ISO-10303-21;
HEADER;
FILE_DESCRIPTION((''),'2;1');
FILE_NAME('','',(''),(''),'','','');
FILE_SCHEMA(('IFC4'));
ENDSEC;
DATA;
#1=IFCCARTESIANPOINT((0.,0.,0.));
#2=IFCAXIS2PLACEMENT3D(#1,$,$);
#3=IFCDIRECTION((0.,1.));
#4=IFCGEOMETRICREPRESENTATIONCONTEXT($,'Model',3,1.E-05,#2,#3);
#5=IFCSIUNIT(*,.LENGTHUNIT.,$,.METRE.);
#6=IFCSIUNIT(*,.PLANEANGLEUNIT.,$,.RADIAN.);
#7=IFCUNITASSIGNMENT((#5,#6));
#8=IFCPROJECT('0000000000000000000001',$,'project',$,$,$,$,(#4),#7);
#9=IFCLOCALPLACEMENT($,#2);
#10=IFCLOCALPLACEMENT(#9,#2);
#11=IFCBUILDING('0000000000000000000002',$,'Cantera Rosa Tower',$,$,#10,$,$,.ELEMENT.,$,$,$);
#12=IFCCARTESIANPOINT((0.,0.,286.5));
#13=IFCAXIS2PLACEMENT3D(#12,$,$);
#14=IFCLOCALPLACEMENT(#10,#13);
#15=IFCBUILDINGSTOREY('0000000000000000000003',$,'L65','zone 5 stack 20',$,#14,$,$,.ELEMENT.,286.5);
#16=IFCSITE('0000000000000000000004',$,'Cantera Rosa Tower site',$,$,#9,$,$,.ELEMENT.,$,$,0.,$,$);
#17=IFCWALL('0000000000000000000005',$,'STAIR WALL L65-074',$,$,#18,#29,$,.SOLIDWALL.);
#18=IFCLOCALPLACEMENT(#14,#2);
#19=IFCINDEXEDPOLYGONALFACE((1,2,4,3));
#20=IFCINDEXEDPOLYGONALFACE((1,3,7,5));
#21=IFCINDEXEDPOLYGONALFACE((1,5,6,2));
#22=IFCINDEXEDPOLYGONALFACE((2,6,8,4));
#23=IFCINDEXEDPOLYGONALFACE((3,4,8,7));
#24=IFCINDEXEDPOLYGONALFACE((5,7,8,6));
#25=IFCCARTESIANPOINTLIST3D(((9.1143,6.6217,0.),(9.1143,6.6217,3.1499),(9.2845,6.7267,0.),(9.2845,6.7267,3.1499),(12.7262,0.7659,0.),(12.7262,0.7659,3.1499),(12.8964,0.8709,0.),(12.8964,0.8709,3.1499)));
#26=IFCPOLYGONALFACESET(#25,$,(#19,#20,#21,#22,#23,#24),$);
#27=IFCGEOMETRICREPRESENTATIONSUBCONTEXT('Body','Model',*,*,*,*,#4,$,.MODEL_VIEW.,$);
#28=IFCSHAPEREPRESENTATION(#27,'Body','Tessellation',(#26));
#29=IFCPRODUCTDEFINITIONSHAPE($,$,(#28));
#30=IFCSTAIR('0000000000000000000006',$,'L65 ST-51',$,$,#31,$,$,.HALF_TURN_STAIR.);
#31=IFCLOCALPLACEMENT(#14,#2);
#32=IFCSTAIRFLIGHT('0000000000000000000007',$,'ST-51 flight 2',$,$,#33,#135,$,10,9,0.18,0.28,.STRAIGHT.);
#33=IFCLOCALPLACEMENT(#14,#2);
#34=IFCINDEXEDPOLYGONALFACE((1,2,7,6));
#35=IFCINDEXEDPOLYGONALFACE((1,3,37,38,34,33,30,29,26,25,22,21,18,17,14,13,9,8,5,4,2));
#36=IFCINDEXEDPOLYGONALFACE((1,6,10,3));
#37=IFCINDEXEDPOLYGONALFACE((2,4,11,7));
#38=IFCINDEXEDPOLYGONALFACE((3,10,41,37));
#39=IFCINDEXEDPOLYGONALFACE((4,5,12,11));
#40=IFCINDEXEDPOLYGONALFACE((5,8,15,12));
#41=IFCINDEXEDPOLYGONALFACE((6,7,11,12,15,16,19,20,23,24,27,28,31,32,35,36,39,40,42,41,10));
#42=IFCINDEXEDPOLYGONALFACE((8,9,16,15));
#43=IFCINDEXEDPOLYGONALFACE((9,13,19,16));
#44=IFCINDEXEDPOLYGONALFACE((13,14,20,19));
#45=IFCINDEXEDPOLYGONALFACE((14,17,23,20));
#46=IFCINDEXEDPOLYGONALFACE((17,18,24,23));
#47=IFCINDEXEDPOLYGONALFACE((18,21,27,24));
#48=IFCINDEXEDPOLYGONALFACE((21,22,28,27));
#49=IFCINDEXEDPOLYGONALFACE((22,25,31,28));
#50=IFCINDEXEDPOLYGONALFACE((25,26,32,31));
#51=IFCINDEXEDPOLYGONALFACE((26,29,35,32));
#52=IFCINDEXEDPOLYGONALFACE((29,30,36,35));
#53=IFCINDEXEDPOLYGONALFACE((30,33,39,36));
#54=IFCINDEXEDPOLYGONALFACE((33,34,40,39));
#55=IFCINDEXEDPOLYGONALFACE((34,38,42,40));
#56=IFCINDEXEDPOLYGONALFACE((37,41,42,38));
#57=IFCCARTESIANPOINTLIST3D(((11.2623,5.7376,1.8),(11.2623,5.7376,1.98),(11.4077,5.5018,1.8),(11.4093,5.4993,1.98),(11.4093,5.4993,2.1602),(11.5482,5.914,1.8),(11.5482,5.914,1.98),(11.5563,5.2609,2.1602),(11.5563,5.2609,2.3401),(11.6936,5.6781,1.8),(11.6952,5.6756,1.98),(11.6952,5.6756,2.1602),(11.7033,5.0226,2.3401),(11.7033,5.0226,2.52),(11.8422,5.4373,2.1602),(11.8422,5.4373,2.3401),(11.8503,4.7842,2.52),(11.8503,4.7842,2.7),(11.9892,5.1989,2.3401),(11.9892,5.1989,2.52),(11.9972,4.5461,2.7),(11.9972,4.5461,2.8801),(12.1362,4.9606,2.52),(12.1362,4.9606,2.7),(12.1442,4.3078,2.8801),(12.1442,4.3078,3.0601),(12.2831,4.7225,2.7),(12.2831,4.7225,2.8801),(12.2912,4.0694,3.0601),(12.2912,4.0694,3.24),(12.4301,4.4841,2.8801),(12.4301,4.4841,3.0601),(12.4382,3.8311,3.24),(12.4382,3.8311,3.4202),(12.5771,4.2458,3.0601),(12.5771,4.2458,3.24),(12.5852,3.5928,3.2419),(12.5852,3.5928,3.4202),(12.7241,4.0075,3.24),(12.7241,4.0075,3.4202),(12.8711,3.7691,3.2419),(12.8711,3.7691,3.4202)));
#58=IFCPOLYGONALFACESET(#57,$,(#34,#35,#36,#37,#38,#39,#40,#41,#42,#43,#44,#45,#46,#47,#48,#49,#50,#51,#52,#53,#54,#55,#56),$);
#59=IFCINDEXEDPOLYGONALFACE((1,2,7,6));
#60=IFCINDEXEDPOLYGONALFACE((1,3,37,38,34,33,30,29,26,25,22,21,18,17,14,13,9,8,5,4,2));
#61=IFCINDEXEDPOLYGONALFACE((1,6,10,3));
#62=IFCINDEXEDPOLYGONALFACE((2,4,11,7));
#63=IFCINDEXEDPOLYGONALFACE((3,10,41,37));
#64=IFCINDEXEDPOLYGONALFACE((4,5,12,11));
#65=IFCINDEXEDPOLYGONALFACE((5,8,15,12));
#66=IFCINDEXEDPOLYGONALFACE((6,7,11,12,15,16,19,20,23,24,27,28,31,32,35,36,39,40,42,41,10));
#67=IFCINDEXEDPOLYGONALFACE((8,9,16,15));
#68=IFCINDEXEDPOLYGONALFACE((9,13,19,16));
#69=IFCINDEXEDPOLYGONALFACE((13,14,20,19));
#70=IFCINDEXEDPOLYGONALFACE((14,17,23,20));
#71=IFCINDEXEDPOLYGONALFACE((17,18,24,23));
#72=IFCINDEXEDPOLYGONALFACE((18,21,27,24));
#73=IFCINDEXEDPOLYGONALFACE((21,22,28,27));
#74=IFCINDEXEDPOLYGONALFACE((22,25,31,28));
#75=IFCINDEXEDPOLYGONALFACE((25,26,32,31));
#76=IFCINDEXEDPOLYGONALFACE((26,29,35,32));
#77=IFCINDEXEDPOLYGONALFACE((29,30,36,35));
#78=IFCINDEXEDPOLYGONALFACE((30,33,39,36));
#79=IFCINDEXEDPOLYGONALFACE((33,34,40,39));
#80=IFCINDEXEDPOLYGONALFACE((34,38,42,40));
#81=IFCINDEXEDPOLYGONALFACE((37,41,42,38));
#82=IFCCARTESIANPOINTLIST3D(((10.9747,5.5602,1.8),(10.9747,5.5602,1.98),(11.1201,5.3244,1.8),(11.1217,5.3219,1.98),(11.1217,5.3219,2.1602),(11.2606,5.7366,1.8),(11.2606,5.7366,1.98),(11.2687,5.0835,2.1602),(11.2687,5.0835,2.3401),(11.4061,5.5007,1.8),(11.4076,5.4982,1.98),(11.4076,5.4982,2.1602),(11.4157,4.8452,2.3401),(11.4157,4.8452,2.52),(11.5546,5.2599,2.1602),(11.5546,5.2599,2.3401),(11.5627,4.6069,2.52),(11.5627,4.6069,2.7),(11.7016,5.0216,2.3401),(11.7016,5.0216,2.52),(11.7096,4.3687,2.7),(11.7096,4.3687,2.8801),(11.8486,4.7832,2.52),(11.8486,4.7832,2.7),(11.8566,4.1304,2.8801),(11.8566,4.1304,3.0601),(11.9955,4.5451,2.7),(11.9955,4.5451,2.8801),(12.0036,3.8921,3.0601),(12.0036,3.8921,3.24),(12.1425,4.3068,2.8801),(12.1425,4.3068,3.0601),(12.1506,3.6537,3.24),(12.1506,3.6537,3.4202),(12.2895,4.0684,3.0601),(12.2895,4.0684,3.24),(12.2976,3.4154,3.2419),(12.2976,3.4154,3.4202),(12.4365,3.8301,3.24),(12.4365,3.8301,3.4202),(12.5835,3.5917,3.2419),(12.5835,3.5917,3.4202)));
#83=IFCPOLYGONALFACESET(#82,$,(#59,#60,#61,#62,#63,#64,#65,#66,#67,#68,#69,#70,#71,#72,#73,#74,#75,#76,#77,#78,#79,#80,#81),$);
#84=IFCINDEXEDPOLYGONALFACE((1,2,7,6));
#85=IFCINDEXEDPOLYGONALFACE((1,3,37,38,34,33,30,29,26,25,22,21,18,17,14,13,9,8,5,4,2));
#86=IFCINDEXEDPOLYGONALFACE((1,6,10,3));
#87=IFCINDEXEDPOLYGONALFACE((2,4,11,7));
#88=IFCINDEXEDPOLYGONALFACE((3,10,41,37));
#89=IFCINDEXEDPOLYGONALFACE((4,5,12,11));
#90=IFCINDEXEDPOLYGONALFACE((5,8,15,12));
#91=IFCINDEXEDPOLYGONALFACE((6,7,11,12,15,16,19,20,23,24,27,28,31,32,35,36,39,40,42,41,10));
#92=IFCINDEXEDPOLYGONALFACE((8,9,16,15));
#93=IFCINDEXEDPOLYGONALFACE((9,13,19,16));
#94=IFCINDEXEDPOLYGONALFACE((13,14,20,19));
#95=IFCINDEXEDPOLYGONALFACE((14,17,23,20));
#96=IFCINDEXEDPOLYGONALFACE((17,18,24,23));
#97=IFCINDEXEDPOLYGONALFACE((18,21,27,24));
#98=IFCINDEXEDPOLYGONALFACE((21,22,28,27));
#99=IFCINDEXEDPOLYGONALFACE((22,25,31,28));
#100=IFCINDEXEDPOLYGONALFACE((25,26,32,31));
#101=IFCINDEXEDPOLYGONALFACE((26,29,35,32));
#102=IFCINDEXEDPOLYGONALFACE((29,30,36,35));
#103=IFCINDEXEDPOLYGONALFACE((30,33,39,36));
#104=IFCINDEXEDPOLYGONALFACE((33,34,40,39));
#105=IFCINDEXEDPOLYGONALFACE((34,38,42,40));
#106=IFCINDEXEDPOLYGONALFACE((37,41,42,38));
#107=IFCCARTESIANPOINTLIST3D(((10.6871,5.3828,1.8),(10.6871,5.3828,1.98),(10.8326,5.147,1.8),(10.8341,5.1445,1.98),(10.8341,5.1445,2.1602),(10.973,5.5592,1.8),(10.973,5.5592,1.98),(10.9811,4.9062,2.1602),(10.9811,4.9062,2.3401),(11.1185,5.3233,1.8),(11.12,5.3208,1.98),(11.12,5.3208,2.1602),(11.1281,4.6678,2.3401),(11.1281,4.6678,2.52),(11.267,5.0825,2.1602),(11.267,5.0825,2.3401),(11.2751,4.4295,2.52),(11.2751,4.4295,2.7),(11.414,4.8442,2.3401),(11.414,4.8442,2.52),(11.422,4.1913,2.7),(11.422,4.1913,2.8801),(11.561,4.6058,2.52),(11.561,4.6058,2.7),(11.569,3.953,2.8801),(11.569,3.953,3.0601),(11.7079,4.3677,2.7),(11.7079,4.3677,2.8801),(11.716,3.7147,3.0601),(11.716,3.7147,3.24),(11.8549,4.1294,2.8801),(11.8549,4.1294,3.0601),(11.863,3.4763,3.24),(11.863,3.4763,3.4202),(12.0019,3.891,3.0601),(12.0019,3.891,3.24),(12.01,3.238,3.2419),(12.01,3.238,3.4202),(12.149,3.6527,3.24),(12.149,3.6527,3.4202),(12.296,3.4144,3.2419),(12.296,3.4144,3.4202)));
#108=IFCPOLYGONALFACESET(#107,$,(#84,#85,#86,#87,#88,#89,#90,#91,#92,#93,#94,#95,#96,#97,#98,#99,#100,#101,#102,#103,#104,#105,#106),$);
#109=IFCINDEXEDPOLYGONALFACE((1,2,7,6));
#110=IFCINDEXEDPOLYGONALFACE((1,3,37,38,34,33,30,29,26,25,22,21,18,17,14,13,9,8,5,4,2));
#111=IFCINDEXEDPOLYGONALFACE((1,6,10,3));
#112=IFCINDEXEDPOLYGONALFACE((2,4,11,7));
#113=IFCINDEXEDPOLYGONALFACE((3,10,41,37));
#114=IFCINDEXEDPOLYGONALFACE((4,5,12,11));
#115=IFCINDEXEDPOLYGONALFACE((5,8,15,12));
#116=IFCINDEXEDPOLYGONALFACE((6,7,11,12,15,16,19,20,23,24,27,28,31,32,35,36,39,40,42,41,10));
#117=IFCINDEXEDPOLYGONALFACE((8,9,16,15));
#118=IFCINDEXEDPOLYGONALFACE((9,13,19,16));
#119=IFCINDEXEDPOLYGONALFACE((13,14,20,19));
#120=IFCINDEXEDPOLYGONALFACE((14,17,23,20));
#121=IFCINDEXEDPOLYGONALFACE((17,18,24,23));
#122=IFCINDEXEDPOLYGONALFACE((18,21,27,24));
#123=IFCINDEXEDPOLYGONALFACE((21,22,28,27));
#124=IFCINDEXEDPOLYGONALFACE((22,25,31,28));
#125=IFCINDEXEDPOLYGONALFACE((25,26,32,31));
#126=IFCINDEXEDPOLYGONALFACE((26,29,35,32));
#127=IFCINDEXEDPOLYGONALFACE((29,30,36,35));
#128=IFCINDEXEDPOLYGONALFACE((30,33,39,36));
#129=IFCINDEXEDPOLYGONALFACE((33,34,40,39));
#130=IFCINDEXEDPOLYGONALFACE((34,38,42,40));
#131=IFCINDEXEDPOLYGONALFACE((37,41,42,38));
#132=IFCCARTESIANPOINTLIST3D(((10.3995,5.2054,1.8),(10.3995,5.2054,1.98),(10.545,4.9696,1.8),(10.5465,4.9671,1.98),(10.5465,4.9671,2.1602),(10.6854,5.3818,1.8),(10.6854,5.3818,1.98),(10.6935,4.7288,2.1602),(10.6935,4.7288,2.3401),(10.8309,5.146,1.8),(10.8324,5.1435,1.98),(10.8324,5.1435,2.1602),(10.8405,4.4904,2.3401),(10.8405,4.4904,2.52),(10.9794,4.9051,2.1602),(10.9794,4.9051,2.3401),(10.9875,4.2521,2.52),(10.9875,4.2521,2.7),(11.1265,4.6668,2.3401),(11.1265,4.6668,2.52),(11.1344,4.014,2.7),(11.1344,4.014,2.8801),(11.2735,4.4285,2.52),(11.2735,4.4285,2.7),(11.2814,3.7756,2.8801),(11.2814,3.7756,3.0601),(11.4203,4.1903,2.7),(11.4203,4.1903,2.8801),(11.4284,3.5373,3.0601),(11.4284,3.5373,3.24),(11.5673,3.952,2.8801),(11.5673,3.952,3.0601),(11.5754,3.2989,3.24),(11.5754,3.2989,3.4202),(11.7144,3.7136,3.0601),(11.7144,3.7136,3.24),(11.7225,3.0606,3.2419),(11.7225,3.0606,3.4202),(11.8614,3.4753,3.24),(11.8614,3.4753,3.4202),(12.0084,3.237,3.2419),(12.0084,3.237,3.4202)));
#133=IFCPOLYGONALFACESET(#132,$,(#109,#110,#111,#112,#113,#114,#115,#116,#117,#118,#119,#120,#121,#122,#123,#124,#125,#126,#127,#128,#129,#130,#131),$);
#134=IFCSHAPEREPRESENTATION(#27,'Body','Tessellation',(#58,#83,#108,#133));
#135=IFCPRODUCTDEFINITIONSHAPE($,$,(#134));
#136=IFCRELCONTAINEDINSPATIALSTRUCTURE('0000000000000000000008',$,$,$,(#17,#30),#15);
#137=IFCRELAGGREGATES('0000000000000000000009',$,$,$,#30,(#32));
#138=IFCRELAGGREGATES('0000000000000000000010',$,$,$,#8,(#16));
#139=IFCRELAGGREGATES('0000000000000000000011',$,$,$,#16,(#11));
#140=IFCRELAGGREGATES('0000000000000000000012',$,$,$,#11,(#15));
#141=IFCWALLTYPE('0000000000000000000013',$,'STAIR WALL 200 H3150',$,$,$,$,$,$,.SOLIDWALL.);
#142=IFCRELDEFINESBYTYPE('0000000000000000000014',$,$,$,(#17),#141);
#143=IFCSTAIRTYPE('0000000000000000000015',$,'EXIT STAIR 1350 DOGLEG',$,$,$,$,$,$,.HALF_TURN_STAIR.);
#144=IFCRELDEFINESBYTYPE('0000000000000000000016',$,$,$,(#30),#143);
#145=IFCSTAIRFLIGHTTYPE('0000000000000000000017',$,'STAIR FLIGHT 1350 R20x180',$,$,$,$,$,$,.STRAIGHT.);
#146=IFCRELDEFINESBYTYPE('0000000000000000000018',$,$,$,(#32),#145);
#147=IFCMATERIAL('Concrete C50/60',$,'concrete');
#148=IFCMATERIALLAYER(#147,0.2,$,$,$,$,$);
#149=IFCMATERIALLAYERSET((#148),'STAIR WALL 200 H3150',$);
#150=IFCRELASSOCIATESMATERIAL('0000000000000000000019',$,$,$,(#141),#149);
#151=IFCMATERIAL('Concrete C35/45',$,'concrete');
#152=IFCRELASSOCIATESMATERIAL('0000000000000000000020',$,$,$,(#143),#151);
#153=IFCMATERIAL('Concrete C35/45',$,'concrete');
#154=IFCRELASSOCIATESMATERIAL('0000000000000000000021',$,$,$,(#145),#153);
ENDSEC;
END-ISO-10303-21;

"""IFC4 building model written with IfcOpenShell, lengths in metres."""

from ifc_helpers import new_model, si_unit, direction, frame, frame_2d, origin, place, context, subcontext, project, spatial, polyline, rectangle, outline, extrude, material, layer, layer_set, type_object, element, aggregate, save


model = new_model("IFC4")

# Units and contexts
model_context = context("Model", 3, precision=1e-05, world=origin(), true_north=direction((0.0, 1.0)))
body_context = subcontext(model_context, "Body", "Model", "MODEL_VIEW")
ifc_project = project(units=[si_unit("LENGTHUNIT", "METRE"), si_unit("PLANEANGLEUNIT", "RADIAN")], contexts=[model_context])

# Site, building, storey
site_placement = place(None, origin())
site = spatial("IfcSite", under=ifc_project, at=site_placement, Name="Cantera Rosa Tower site", CompositionType="ELEMENT", RefElevation=0.0)
building_placement = place(site_placement, origin())
building = spatial("IfcBuilding", under=site, at=building_placement, Name="Cantera Rosa Tower", CompositionType="ELEMENT")
storey_placement = place(building_placement, frame((0.0, 0.0, 286.5)))
storey = spatial("IfcBuildingStorey", under=building, at=storey_placement, Name="L65", Description="zone 5 stack 20", CompositionType="ELEMENT", Elevation=286.5)

# Wall
ifc_material_1 = material(Name="Concrete C50/60", Category="concrete")
ifc_layer_1 = layer(ifc_material_1, 0.2)
ifc_layer_set_1 = layer_set([ifc_layer_1], Name="STAIR WALL 200 H3150")
wall_type_1 = type_object("IfcWallType", Name="STAIR WALL 200 H3150", PredefinedType="SOLIDWALL", material=ifc_layer_set_1)
wall_1_placement = place(storey_placement, frame((9.1995, 6.6741, 0.0), z_axis=(0.0, 0.0, 1.0), x_axis=(0.524972, -0.851119, 0.0)))
element("IfcWall", 1, at=wall_1_placement, inside=storey, type_object=wall_type_1, Name="STAIR WALL L65-074", PredefinedType="SOLIDWALL", context=body_context, shape_type="SweptSolid", body=[
    extrude(rectangle(XDim=6.8801, YDim=0.2, at=frame_2d((3.4399, 0.0))), origin(), (0.0, 0.0, 1.0), 3.1499),
])

# Stair, stair flight
ifc_material_2 = material(Name="Concrete C35/45", Category="concrete")
stair_type = type_object("IfcStairType", Name="EXIT STAIR 1350 DOGLEG", PredefinedType="HALF_TURN_STAIR", material=ifc_material_2)
stair_placement = place(storey_placement, origin())
stair = element("IfcStair", 2, at=stair_placement, inside=storey, type_object=stair_type, Name="L65 ST-51", PredefinedType="HALF_TURN_STAIR")
ifc_material_3 = material(Name="Concrete C35/45", Category="concrete")
stair_flight_type = type_object("IfcStairFlightType", Name="STAIR FLIGHT 1350 R20x180", PredefinedType="STRAIGHT", material=ifc_material_3)
stair_flight_placement = place(storey_placement, frame((10.9736, 5.5596, 1.8), z_axis=(0.0, 0.0, 1.0), x_axis=(0.524977, -0.851117, 0.0)))
stair_flight = element("IfcStairFlight", 3, at=stair_flight_placement, type_object=stair_flight_type, Name="ST-51 flight 2", NumberOfRisers=10, NumberOfTreads=9, PredefinedType="STRAIGHT", RiserHeight=0.18, TreadLength=0.28, context=body_context, shape_type="SweptSolid", body=[
    extrude(outline(polyline([(0.0, 0.0), (0.0, 0.1799), (0.28, 0.1799), (0.28, 0.3601), (0.5601, 0.3601), (0.5601, 0.54), (0.8401, 0.54), (0.8401, 0.72), (1.1201, 0.72), (1.1201, 0.8999), (1.3999, 0.8999), (1.3999, 1.0801), (1.6799, 1.0801), (1.6799, 1.26), (1.96, 1.26), (1.96, 1.4399), (2.24, 1.4399), (2.24, 1.6201), (2.52, 1.6201), (2.52, 1.8), (2.52, 1.4419), (0.2771, 0.0), (0.0, 0.0)])), frame((0.0, 0.675, 0.0), z_axis=(0.0, -1.0, 0.0), x_axis=(1.0, 0.0, 0.0)), (0.0, 0.0, 1.0), 0.3359),
    extrude(outline(polyline([(0.0, 0.0), (0.0, 0.1799), (0.28, 0.1799), (0.28, 0.3601), (0.5601, 0.3601), (0.5601, 0.54), (0.8401, 0.54), (0.8401, 0.72), (1.1201, 0.72), (1.1201, 0.8999), (1.3999, 0.8999), (1.3999, 1.0801), (1.6799, 1.0801), (1.6799, 1.26), (1.96, 1.26), (1.96, 1.4399), (2.24, 1.4399), (2.24, 1.6201), (2.52, 1.6201), (2.52, 1.8), (2.52, 1.4419), (0.2771, 0.0), (0.0, 0.0)])), frame((0.0, 0.3372, 0.0), z_axis=(0.0, -1.0, 0.0), x_axis=(1.0, 0.0, 0.0)), (0.0, 0.0, 1.0), 0.3359),
    extrude(outline(polyline([(0.0, 0.0), (0.0, 0.1799), (0.28, 0.1799), (0.28, 0.3601), (0.5601, 0.3601), (0.5601, 0.54), (0.8401, 0.54), (0.8401, 0.72), (1.1201, 0.72), (1.1201, 0.8999), (1.3999, 0.8999), (1.3999, 1.0801), (1.6799, 1.0801), (1.6799, 1.26), (1.96, 1.26), (1.96, 1.4399), (2.24, 1.4399), (2.24, 1.6201), (2.52, 1.6201), (2.52, 1.8), (2.52, 1.4419), (0.2771, 0.0), (0.0, 0.0)])), frame((0.0, -0.0007, 0.0), z_axis=(0.0, -1.0, 0.0), x_axis=(1.0, 0.0, 0.0)), (0.0, 0.0, 1.0), 0.3359),
    extrude(outline(polyline([(0.0, 0.0), (0.0, 0.1799), (0.28, 0.1799), (0.28, 0.3601), (0.5601, 0.3601), (0.5601, 0.54), (0.8401, 0.54), (0.8401, 0.72), (1.1201, 0.72), (1.1201, 0.8999), (1.3999, 0.8999), (1.3999, 1.0801), (1.6799, 1.0801), (1.6799, 1.26), (1.96, 1.26), (1.96, 1.4399), (2.24, 1.4399), (2.24, 1.6201), (2.52, 1.6201), (2.52, 1.8), (2.52, 1.4419), (0.2771, 0.0), (0.0, 0.0)])), frame((0.0, -0.3386, 0.0), z_axis=(0.0, -1.0, 0.0), x_axis=(1.0, 0.0, 0.0)), (0.0, 0.0, 1.0), 0.3359),
])
aggregate(stair, [stair_flight])

save(model, "model.ifc")
